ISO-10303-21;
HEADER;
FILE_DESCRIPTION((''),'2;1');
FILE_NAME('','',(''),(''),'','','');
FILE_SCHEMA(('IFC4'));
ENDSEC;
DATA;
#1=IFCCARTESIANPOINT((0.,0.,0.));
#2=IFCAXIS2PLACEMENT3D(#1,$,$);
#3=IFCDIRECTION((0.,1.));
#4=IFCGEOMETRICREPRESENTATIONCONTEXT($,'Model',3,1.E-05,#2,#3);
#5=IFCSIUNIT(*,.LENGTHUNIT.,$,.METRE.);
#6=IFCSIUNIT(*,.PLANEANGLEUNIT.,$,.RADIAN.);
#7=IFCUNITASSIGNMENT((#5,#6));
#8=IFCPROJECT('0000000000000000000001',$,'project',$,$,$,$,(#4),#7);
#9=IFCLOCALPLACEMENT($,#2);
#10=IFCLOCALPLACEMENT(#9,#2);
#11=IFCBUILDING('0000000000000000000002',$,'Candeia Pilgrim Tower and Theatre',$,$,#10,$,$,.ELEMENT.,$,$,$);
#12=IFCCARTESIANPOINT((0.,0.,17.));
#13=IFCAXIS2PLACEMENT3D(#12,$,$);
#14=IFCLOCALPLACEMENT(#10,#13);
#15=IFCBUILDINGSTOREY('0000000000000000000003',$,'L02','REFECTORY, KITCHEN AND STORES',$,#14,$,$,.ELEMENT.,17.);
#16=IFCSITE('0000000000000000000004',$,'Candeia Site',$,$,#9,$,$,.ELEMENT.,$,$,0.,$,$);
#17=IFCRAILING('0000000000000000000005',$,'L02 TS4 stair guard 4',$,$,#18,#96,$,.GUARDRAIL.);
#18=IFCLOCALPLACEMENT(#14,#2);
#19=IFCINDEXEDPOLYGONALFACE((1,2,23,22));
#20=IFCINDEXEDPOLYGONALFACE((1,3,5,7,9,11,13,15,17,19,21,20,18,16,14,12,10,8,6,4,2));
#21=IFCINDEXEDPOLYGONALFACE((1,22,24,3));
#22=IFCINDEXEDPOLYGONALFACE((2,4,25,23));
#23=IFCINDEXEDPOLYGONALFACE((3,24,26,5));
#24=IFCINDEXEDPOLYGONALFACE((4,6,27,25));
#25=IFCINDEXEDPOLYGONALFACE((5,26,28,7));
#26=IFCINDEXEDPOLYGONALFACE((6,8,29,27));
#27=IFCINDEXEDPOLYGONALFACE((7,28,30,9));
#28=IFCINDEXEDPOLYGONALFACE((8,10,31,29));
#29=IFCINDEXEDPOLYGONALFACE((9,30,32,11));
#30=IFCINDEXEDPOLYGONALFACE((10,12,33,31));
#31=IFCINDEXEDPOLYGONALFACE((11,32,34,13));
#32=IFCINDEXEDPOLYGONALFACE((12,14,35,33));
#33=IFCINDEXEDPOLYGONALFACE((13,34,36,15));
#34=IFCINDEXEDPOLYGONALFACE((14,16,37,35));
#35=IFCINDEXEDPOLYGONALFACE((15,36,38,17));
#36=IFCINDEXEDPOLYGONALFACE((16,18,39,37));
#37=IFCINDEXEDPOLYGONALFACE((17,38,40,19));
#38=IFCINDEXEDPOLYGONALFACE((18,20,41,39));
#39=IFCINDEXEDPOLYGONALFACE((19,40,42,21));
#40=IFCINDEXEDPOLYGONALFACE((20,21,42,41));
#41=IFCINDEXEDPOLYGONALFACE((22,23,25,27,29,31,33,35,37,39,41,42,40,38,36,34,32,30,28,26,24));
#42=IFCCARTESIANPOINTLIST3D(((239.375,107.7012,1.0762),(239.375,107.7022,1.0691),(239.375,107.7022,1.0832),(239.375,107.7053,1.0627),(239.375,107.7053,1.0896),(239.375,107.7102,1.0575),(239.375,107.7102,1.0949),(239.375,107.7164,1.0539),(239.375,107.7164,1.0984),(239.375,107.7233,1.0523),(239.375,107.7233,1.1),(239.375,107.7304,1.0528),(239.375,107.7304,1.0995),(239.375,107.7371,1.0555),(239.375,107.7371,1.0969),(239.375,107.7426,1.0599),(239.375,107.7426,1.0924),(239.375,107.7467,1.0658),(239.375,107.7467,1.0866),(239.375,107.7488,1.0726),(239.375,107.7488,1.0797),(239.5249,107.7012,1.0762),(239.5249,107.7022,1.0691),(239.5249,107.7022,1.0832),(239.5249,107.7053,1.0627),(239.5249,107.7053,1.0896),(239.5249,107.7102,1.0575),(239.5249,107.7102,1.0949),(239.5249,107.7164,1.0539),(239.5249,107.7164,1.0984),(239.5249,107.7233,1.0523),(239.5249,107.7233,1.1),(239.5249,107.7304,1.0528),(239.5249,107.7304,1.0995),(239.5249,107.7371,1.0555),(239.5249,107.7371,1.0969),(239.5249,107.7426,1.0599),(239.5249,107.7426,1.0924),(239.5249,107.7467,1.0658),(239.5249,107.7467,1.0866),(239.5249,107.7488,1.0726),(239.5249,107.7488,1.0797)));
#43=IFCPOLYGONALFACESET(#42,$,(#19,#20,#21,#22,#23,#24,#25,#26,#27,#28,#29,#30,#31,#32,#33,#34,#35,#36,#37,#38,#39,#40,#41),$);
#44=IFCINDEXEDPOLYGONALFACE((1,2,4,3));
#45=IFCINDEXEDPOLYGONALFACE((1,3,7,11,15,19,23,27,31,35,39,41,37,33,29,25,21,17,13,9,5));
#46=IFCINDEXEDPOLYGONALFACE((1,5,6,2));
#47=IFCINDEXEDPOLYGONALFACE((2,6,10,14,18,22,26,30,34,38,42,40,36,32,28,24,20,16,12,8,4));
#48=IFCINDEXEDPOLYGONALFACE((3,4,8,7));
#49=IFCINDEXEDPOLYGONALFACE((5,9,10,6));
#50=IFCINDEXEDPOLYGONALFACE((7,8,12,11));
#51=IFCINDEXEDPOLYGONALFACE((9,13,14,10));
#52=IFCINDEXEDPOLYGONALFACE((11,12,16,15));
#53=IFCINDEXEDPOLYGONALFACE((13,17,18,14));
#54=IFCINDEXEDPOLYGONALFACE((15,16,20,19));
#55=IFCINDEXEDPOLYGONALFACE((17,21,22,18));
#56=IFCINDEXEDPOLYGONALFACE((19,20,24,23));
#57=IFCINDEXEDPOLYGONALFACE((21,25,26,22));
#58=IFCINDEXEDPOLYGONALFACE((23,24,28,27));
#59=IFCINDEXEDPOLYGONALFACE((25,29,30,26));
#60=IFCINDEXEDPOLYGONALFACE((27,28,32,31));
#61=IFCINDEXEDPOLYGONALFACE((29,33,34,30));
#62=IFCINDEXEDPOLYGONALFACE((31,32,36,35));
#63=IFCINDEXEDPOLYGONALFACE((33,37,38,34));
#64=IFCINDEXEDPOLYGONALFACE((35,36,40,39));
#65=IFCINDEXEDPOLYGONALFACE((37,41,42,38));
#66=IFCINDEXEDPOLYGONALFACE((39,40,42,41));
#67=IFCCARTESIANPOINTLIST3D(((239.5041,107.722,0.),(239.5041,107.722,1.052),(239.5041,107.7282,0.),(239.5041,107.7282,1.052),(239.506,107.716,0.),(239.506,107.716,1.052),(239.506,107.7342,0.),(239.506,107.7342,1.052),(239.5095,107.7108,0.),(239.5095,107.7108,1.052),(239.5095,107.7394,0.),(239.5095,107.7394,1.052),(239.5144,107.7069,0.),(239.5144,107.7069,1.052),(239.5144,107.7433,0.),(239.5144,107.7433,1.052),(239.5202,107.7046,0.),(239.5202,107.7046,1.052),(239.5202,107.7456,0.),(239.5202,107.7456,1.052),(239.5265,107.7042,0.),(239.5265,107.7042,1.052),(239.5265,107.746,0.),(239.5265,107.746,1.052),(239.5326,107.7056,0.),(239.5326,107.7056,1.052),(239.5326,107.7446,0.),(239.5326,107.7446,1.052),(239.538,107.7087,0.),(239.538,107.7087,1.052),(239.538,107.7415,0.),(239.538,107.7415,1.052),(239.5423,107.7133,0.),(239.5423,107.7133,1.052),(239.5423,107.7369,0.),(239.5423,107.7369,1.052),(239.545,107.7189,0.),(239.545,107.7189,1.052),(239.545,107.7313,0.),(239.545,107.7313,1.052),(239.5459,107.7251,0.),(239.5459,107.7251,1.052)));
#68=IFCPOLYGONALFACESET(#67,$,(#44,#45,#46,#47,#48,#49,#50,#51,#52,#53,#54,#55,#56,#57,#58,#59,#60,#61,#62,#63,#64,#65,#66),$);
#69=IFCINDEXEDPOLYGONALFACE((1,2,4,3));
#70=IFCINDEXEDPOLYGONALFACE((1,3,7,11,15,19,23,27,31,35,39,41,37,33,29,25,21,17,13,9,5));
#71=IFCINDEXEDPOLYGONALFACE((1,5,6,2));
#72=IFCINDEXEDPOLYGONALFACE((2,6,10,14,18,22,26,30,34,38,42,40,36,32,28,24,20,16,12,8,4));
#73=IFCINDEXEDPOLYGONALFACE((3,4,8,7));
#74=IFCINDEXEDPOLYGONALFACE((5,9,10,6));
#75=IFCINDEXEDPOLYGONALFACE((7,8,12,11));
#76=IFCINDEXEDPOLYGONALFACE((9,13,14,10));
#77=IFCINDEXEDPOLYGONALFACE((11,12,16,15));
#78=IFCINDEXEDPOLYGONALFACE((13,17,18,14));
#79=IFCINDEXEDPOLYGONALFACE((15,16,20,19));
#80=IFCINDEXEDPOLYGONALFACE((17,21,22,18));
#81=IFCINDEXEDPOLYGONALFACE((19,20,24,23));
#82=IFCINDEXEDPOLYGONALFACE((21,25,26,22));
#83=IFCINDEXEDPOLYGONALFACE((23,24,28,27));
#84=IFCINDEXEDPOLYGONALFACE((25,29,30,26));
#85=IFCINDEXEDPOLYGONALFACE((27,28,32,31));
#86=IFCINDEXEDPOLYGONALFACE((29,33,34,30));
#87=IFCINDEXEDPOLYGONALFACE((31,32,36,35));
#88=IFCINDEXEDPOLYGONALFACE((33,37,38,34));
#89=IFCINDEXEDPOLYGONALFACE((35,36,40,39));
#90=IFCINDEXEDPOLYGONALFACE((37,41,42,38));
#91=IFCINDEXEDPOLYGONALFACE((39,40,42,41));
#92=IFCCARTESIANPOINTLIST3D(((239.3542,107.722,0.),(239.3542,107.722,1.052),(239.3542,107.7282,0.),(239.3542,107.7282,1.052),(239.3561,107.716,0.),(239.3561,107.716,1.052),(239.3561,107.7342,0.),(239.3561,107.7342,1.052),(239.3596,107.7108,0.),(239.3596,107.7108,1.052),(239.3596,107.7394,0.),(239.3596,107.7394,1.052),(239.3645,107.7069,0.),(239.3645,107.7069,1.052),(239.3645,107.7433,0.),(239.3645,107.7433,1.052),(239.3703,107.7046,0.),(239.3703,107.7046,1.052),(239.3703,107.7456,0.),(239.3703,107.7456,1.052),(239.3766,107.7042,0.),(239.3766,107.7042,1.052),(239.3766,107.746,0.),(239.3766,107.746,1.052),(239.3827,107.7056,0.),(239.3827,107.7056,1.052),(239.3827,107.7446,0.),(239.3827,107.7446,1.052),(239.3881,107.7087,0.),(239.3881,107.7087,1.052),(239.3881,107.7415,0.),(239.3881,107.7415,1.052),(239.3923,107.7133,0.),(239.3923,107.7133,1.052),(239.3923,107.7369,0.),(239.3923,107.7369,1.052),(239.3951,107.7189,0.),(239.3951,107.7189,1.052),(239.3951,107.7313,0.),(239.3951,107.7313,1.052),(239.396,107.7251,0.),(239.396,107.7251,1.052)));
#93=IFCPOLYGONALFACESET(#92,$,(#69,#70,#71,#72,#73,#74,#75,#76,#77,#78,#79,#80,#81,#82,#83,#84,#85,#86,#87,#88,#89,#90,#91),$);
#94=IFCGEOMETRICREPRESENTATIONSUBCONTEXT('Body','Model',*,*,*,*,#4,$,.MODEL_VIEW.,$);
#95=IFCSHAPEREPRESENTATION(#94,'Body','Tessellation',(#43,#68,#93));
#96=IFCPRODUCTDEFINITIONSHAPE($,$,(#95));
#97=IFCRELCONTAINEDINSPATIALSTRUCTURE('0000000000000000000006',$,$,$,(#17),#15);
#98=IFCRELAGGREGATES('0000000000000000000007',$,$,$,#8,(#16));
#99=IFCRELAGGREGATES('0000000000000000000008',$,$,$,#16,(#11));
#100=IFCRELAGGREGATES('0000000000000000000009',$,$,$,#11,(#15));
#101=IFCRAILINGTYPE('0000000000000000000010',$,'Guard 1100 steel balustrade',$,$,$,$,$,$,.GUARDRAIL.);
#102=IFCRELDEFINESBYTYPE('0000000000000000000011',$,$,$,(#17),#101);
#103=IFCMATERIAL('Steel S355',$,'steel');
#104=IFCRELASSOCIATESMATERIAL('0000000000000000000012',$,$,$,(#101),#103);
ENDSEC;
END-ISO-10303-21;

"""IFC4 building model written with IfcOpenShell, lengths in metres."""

from ifc_helpers import new_model, si_unit, direction, frame, origin, origin_2d, place, context, subcontext, project, spatial, circle, extrude, material, type_object, element, save


model = new_model("IFC4")

# Units and contexts
model_context = context("Model", 3, precision=1e-05, world=origin(), true_north=direction((0.0, 1.0)))
body_context = subcontext(model_context, "Body", "Model", "MODEL_VIEW")
ifc_project = project(units=[si_unit("LENGTHUNIT", "METRE"), si_unit("PLANEANGLEUNIT", "RADIAN")], contexts=[model_context])

# Site, building, storey
site_placement = place(None, origin())
site = spatial("IfcSite", under=ifc_project, at=site_placement, Name="Candeia Site", CompositionType="ELEMENT", RefElevation=0.0)
building_placement = place(site_placement, origin())
building = spatial("IfcBuilding", under=site, at=building_placement, Name="Candeia Pilgrim Tower and Theatre", CompositionType="ELEMENT")
storey_placement = place(building_placement, frame((0.0, 0.0, 17.0)))
storey = spatial("IfcBuildingStorey", under=building, at=storey_placement, Name="L02", Description="REFECTORY, KITCHEN AND STORES", CompositionType="ELEMENT", Elevation=17.0)

# Railing
ifc_material_1 = material(Name="Steel S355", Category="steel")
railing_type_1 = type_object("IfcRailingType", Name="Guard 1100 steel balustrade", PredefinedType="GUARDRAIL", material=ifc_material_1)
railing_1_placement = place(storey_placement, frame((239.5249, 107.7251, 0.0)))
element("IfcRailing", 1, at=railing_1_placement, inside=storey, type_object=railing_type_1, Name="L02 TS4 stair guard 4", PredefinedType="GUARDRAIL", context=body_context, shape_type="SweptSolid", body=[
    extrude(circle(Radius=0.0239, at=origin_2d()), frame((0.0, 0.0, 1.0762), z_axis=(-1.0, 0.0, 0.0), x_axis=(0.0, -1.0, 0.0)), (0.0, 0.0, 1.0), 0.1499),
    extrude(circle(Radius=0.021, at=origin_2d()), origin(), (0.0, 0.0, 1.0), 1.052),
    extrude(circle(Radius=0.021, at=origin_2d()), frame((-0.1499, 0.0, 0.0)), (0.0, 0.0, 1.0), 1.052),
])

save(model, "model.ifc")
